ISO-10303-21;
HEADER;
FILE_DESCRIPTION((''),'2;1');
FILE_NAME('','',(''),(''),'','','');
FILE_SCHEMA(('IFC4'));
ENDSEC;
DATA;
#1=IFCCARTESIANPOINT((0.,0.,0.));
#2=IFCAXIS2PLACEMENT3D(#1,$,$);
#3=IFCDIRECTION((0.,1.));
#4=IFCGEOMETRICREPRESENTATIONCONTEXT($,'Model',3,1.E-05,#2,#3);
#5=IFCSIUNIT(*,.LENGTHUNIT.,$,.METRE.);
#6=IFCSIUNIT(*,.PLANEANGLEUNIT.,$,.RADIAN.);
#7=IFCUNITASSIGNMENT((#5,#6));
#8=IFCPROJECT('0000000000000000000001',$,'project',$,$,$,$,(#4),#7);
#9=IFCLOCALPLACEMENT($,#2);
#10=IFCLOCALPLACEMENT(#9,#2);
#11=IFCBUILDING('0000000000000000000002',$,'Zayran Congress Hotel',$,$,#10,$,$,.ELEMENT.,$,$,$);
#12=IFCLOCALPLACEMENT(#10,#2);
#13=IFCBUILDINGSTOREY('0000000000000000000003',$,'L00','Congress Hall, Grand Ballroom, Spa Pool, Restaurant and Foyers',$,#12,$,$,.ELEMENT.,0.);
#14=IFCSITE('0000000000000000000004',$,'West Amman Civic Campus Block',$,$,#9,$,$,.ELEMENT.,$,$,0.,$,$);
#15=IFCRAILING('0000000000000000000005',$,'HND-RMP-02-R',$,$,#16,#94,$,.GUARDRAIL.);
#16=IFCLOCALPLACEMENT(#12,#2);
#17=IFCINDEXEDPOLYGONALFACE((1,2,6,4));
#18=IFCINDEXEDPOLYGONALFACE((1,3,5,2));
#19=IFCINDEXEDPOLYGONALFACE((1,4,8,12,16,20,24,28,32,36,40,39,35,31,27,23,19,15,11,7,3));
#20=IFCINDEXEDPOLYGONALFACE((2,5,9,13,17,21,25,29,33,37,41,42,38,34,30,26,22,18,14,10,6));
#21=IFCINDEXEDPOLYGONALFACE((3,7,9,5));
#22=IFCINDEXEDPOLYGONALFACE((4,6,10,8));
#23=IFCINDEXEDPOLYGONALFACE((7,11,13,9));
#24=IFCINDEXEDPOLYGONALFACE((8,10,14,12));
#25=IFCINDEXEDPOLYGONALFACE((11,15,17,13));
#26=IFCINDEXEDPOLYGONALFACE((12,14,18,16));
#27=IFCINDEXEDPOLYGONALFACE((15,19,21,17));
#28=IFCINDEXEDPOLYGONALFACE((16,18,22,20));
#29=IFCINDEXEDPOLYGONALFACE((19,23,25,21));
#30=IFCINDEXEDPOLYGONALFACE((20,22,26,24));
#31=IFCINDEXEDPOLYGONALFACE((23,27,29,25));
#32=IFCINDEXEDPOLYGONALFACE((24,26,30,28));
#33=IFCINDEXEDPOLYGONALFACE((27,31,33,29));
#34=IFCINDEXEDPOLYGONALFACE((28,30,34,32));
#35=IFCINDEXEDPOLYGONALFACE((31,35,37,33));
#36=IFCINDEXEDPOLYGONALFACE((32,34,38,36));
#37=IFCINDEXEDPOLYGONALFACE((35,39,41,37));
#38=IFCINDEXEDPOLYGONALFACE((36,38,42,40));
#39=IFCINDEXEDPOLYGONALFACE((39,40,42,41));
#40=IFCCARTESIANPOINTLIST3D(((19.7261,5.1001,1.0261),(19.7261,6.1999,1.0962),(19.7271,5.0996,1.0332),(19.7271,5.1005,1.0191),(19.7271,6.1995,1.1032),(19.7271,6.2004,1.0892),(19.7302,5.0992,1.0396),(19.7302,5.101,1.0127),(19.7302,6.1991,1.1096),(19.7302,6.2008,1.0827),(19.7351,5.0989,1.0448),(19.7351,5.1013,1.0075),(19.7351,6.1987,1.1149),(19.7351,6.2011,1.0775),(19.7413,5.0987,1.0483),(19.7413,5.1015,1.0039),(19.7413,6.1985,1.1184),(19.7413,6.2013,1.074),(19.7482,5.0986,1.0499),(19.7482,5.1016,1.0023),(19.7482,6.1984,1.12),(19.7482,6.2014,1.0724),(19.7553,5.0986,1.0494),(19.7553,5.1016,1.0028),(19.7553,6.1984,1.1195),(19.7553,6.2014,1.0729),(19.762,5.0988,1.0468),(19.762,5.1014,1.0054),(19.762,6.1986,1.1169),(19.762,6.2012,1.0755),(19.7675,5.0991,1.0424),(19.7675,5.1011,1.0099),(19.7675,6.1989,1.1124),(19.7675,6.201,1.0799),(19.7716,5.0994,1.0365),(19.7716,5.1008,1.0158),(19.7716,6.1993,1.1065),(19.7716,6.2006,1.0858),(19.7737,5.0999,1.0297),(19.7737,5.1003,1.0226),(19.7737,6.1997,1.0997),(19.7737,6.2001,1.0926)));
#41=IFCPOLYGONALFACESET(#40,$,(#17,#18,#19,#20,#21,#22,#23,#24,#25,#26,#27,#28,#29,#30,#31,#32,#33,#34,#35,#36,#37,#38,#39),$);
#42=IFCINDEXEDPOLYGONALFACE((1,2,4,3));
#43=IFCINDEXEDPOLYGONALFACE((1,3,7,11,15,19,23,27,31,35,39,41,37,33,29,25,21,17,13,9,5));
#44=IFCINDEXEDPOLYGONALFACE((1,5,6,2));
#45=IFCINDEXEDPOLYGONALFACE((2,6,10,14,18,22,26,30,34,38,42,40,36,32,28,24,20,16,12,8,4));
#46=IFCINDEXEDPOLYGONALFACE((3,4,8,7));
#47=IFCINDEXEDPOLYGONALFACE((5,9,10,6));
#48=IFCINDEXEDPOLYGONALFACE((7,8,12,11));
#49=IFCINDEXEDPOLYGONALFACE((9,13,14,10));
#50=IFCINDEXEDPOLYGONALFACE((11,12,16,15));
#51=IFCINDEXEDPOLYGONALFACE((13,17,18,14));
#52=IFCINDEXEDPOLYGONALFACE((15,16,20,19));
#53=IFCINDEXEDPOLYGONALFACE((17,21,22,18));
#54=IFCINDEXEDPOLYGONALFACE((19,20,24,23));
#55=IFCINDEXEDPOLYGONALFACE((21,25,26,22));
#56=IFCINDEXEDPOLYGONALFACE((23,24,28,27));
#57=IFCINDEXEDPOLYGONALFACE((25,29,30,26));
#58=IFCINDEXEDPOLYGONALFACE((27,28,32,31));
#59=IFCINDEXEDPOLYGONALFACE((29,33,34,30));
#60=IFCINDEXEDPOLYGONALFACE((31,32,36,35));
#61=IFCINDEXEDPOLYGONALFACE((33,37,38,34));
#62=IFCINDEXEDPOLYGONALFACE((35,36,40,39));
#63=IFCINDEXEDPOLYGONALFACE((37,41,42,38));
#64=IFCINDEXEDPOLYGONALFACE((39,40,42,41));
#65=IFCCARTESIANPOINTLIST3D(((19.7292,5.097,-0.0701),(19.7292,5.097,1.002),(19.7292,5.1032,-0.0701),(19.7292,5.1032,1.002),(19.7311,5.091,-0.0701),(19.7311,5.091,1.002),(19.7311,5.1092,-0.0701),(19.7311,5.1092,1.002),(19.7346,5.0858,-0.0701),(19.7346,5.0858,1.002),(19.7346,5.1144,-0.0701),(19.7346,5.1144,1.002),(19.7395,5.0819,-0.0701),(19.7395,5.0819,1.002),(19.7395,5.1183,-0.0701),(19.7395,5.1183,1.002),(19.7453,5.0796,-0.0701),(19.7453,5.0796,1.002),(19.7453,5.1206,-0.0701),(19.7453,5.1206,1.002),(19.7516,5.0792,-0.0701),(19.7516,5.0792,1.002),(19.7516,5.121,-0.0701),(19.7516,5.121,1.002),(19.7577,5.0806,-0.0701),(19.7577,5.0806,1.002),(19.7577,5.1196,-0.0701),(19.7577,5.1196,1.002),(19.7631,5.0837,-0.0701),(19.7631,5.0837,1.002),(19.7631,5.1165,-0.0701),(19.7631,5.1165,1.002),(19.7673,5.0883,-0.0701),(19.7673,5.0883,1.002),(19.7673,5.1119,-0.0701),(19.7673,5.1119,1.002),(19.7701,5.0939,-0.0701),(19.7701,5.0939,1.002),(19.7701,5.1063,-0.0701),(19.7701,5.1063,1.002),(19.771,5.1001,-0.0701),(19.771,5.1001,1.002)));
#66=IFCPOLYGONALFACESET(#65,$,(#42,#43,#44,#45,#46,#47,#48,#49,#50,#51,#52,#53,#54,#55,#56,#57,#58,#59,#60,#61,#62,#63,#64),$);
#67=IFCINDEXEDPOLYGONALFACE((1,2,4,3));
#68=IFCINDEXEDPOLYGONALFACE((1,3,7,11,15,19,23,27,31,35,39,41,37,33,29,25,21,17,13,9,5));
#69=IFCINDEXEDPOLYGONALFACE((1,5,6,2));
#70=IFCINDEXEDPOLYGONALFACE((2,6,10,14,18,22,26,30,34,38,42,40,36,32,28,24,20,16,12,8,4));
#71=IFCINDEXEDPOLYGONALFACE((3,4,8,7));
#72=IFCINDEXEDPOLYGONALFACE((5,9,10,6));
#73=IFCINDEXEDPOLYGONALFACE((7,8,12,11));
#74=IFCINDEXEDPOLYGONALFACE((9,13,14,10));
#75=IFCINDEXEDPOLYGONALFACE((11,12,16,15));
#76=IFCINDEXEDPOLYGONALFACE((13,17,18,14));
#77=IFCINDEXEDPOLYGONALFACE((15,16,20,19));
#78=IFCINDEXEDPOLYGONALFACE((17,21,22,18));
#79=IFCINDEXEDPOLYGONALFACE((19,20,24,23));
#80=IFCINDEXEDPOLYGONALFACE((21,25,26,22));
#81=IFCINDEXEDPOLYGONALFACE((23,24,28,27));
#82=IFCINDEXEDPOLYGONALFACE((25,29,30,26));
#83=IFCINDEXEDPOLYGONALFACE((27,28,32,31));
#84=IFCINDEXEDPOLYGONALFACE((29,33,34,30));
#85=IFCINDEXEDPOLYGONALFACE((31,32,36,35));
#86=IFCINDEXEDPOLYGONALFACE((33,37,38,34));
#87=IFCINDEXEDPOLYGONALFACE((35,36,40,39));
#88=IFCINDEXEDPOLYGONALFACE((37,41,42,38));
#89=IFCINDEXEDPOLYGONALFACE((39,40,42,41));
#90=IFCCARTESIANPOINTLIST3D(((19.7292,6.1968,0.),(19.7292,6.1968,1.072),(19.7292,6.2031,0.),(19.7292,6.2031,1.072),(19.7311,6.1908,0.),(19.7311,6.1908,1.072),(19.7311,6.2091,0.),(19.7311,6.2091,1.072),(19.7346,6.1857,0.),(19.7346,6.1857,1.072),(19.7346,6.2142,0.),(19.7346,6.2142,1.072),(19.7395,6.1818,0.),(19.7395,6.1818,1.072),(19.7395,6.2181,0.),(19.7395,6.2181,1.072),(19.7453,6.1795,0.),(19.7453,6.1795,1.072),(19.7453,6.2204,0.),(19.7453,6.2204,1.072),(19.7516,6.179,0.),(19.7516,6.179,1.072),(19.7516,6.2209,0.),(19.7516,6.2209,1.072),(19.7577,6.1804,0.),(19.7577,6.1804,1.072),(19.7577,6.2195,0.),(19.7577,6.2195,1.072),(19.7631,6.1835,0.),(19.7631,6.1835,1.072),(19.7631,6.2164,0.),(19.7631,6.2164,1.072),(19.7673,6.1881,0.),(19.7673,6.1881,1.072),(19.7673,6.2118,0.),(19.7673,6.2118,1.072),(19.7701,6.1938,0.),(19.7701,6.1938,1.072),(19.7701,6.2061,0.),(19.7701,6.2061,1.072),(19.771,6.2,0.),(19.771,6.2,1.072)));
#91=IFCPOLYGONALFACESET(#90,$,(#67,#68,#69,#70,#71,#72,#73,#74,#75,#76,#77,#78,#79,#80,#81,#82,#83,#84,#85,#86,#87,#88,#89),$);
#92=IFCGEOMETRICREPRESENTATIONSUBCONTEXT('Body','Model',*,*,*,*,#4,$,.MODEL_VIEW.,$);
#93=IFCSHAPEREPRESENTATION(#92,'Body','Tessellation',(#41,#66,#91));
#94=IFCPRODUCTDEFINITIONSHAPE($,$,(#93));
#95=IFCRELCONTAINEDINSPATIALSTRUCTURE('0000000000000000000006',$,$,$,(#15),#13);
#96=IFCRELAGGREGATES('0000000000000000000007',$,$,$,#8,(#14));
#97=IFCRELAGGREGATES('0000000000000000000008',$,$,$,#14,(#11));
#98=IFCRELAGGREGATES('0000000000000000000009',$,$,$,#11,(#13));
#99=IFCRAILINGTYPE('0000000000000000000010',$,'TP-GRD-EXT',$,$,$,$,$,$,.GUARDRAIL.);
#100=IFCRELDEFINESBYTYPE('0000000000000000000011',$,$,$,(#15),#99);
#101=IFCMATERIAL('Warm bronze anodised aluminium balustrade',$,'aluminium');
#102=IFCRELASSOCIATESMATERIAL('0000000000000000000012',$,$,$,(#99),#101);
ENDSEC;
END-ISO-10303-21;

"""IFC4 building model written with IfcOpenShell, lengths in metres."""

from ifc_helpers import new_model, si_unit, direction, frame, origin, origin_2d, place, context, subcontext, project, spatial, circle, extrude, material, type_object, element, save


model = new_model("IFC4")

# Units and contexts
model_context = context("Model", 3, precision=1e-05, world=origin(), true_north=direction((0.0, 1.0)))
body_context = subcontext(model_context, "Body", "Model", "MODEL_VIEW")
ifc_project = project(units=[si_unit("LENGTHUNIT", "METRE"), si_unit("PLANEANGLEUNIT", "RADIAN")], contexts=[model_context])

# Site, building, storey
site_placement = place(None, origin())
site = spatial("IfcSite", under=ifc_project, at=site_placement, Name="West Amman Civic Campus Block", CompositionType="ELEMENT", RefElevation=0.0)
building_placement = place(site_placement, origin())
building = spatial("IfcBuilding", under=site, at=building_placement, Name="Zayran Congress Hotel", CompositionType="ELEMENT")
storey_placement = place(building_placement, origin())
storey = spatial("IfcBuildingStorey", under=building, at=storey_placement, Name="L00", Description="Congress Hall, Grand Ballroom, Spa Pool, Restaurant and Foyers", CompositionType="ELEMENT", Elevation=0.0)

# Railing
ifc_material_1 = material(Name="Warm bronze anodised aluminium balustrade", Category="aluminium")
railing_type = type_object("IfcRailingType", Name="TP-GRD-EXT", PredefinedType="GUARDRAIL", material=ifc_material_1)
railing_placement = place(storey_placement, frame((19.75, 5.1001, -0.0701)))
element("IfcRailing", 1, at=railing_placement, inside=storey, type_object=railing_type, Name="HND-RMP-02-R", PredefinedType="GUARDRAIL", context=body_context, shape_type="SweptSolid", body=[
    extrude(circle(Radius=0.0239, at=origin_2d()), frame((0.0, 0.0, 1.0962), z_axis=(0.0, 0.997977, 0.063578), x_axis=(-1.0, 0.0, 0.0)), (0.0, 0.0, 1.0), 1.1021),
    extrude(circle(Radius=0.021, at=origin_2d()), origin(), (0.0, 0.0, 1.0), 1.072),
    extrude(circle(Radius=0.021, at=origin_2d()), frame((0.0, 1.0999, 0.0701)), (0.0, 0.0, 1.0), 1.072),
])

save(model, "model.ifc")
